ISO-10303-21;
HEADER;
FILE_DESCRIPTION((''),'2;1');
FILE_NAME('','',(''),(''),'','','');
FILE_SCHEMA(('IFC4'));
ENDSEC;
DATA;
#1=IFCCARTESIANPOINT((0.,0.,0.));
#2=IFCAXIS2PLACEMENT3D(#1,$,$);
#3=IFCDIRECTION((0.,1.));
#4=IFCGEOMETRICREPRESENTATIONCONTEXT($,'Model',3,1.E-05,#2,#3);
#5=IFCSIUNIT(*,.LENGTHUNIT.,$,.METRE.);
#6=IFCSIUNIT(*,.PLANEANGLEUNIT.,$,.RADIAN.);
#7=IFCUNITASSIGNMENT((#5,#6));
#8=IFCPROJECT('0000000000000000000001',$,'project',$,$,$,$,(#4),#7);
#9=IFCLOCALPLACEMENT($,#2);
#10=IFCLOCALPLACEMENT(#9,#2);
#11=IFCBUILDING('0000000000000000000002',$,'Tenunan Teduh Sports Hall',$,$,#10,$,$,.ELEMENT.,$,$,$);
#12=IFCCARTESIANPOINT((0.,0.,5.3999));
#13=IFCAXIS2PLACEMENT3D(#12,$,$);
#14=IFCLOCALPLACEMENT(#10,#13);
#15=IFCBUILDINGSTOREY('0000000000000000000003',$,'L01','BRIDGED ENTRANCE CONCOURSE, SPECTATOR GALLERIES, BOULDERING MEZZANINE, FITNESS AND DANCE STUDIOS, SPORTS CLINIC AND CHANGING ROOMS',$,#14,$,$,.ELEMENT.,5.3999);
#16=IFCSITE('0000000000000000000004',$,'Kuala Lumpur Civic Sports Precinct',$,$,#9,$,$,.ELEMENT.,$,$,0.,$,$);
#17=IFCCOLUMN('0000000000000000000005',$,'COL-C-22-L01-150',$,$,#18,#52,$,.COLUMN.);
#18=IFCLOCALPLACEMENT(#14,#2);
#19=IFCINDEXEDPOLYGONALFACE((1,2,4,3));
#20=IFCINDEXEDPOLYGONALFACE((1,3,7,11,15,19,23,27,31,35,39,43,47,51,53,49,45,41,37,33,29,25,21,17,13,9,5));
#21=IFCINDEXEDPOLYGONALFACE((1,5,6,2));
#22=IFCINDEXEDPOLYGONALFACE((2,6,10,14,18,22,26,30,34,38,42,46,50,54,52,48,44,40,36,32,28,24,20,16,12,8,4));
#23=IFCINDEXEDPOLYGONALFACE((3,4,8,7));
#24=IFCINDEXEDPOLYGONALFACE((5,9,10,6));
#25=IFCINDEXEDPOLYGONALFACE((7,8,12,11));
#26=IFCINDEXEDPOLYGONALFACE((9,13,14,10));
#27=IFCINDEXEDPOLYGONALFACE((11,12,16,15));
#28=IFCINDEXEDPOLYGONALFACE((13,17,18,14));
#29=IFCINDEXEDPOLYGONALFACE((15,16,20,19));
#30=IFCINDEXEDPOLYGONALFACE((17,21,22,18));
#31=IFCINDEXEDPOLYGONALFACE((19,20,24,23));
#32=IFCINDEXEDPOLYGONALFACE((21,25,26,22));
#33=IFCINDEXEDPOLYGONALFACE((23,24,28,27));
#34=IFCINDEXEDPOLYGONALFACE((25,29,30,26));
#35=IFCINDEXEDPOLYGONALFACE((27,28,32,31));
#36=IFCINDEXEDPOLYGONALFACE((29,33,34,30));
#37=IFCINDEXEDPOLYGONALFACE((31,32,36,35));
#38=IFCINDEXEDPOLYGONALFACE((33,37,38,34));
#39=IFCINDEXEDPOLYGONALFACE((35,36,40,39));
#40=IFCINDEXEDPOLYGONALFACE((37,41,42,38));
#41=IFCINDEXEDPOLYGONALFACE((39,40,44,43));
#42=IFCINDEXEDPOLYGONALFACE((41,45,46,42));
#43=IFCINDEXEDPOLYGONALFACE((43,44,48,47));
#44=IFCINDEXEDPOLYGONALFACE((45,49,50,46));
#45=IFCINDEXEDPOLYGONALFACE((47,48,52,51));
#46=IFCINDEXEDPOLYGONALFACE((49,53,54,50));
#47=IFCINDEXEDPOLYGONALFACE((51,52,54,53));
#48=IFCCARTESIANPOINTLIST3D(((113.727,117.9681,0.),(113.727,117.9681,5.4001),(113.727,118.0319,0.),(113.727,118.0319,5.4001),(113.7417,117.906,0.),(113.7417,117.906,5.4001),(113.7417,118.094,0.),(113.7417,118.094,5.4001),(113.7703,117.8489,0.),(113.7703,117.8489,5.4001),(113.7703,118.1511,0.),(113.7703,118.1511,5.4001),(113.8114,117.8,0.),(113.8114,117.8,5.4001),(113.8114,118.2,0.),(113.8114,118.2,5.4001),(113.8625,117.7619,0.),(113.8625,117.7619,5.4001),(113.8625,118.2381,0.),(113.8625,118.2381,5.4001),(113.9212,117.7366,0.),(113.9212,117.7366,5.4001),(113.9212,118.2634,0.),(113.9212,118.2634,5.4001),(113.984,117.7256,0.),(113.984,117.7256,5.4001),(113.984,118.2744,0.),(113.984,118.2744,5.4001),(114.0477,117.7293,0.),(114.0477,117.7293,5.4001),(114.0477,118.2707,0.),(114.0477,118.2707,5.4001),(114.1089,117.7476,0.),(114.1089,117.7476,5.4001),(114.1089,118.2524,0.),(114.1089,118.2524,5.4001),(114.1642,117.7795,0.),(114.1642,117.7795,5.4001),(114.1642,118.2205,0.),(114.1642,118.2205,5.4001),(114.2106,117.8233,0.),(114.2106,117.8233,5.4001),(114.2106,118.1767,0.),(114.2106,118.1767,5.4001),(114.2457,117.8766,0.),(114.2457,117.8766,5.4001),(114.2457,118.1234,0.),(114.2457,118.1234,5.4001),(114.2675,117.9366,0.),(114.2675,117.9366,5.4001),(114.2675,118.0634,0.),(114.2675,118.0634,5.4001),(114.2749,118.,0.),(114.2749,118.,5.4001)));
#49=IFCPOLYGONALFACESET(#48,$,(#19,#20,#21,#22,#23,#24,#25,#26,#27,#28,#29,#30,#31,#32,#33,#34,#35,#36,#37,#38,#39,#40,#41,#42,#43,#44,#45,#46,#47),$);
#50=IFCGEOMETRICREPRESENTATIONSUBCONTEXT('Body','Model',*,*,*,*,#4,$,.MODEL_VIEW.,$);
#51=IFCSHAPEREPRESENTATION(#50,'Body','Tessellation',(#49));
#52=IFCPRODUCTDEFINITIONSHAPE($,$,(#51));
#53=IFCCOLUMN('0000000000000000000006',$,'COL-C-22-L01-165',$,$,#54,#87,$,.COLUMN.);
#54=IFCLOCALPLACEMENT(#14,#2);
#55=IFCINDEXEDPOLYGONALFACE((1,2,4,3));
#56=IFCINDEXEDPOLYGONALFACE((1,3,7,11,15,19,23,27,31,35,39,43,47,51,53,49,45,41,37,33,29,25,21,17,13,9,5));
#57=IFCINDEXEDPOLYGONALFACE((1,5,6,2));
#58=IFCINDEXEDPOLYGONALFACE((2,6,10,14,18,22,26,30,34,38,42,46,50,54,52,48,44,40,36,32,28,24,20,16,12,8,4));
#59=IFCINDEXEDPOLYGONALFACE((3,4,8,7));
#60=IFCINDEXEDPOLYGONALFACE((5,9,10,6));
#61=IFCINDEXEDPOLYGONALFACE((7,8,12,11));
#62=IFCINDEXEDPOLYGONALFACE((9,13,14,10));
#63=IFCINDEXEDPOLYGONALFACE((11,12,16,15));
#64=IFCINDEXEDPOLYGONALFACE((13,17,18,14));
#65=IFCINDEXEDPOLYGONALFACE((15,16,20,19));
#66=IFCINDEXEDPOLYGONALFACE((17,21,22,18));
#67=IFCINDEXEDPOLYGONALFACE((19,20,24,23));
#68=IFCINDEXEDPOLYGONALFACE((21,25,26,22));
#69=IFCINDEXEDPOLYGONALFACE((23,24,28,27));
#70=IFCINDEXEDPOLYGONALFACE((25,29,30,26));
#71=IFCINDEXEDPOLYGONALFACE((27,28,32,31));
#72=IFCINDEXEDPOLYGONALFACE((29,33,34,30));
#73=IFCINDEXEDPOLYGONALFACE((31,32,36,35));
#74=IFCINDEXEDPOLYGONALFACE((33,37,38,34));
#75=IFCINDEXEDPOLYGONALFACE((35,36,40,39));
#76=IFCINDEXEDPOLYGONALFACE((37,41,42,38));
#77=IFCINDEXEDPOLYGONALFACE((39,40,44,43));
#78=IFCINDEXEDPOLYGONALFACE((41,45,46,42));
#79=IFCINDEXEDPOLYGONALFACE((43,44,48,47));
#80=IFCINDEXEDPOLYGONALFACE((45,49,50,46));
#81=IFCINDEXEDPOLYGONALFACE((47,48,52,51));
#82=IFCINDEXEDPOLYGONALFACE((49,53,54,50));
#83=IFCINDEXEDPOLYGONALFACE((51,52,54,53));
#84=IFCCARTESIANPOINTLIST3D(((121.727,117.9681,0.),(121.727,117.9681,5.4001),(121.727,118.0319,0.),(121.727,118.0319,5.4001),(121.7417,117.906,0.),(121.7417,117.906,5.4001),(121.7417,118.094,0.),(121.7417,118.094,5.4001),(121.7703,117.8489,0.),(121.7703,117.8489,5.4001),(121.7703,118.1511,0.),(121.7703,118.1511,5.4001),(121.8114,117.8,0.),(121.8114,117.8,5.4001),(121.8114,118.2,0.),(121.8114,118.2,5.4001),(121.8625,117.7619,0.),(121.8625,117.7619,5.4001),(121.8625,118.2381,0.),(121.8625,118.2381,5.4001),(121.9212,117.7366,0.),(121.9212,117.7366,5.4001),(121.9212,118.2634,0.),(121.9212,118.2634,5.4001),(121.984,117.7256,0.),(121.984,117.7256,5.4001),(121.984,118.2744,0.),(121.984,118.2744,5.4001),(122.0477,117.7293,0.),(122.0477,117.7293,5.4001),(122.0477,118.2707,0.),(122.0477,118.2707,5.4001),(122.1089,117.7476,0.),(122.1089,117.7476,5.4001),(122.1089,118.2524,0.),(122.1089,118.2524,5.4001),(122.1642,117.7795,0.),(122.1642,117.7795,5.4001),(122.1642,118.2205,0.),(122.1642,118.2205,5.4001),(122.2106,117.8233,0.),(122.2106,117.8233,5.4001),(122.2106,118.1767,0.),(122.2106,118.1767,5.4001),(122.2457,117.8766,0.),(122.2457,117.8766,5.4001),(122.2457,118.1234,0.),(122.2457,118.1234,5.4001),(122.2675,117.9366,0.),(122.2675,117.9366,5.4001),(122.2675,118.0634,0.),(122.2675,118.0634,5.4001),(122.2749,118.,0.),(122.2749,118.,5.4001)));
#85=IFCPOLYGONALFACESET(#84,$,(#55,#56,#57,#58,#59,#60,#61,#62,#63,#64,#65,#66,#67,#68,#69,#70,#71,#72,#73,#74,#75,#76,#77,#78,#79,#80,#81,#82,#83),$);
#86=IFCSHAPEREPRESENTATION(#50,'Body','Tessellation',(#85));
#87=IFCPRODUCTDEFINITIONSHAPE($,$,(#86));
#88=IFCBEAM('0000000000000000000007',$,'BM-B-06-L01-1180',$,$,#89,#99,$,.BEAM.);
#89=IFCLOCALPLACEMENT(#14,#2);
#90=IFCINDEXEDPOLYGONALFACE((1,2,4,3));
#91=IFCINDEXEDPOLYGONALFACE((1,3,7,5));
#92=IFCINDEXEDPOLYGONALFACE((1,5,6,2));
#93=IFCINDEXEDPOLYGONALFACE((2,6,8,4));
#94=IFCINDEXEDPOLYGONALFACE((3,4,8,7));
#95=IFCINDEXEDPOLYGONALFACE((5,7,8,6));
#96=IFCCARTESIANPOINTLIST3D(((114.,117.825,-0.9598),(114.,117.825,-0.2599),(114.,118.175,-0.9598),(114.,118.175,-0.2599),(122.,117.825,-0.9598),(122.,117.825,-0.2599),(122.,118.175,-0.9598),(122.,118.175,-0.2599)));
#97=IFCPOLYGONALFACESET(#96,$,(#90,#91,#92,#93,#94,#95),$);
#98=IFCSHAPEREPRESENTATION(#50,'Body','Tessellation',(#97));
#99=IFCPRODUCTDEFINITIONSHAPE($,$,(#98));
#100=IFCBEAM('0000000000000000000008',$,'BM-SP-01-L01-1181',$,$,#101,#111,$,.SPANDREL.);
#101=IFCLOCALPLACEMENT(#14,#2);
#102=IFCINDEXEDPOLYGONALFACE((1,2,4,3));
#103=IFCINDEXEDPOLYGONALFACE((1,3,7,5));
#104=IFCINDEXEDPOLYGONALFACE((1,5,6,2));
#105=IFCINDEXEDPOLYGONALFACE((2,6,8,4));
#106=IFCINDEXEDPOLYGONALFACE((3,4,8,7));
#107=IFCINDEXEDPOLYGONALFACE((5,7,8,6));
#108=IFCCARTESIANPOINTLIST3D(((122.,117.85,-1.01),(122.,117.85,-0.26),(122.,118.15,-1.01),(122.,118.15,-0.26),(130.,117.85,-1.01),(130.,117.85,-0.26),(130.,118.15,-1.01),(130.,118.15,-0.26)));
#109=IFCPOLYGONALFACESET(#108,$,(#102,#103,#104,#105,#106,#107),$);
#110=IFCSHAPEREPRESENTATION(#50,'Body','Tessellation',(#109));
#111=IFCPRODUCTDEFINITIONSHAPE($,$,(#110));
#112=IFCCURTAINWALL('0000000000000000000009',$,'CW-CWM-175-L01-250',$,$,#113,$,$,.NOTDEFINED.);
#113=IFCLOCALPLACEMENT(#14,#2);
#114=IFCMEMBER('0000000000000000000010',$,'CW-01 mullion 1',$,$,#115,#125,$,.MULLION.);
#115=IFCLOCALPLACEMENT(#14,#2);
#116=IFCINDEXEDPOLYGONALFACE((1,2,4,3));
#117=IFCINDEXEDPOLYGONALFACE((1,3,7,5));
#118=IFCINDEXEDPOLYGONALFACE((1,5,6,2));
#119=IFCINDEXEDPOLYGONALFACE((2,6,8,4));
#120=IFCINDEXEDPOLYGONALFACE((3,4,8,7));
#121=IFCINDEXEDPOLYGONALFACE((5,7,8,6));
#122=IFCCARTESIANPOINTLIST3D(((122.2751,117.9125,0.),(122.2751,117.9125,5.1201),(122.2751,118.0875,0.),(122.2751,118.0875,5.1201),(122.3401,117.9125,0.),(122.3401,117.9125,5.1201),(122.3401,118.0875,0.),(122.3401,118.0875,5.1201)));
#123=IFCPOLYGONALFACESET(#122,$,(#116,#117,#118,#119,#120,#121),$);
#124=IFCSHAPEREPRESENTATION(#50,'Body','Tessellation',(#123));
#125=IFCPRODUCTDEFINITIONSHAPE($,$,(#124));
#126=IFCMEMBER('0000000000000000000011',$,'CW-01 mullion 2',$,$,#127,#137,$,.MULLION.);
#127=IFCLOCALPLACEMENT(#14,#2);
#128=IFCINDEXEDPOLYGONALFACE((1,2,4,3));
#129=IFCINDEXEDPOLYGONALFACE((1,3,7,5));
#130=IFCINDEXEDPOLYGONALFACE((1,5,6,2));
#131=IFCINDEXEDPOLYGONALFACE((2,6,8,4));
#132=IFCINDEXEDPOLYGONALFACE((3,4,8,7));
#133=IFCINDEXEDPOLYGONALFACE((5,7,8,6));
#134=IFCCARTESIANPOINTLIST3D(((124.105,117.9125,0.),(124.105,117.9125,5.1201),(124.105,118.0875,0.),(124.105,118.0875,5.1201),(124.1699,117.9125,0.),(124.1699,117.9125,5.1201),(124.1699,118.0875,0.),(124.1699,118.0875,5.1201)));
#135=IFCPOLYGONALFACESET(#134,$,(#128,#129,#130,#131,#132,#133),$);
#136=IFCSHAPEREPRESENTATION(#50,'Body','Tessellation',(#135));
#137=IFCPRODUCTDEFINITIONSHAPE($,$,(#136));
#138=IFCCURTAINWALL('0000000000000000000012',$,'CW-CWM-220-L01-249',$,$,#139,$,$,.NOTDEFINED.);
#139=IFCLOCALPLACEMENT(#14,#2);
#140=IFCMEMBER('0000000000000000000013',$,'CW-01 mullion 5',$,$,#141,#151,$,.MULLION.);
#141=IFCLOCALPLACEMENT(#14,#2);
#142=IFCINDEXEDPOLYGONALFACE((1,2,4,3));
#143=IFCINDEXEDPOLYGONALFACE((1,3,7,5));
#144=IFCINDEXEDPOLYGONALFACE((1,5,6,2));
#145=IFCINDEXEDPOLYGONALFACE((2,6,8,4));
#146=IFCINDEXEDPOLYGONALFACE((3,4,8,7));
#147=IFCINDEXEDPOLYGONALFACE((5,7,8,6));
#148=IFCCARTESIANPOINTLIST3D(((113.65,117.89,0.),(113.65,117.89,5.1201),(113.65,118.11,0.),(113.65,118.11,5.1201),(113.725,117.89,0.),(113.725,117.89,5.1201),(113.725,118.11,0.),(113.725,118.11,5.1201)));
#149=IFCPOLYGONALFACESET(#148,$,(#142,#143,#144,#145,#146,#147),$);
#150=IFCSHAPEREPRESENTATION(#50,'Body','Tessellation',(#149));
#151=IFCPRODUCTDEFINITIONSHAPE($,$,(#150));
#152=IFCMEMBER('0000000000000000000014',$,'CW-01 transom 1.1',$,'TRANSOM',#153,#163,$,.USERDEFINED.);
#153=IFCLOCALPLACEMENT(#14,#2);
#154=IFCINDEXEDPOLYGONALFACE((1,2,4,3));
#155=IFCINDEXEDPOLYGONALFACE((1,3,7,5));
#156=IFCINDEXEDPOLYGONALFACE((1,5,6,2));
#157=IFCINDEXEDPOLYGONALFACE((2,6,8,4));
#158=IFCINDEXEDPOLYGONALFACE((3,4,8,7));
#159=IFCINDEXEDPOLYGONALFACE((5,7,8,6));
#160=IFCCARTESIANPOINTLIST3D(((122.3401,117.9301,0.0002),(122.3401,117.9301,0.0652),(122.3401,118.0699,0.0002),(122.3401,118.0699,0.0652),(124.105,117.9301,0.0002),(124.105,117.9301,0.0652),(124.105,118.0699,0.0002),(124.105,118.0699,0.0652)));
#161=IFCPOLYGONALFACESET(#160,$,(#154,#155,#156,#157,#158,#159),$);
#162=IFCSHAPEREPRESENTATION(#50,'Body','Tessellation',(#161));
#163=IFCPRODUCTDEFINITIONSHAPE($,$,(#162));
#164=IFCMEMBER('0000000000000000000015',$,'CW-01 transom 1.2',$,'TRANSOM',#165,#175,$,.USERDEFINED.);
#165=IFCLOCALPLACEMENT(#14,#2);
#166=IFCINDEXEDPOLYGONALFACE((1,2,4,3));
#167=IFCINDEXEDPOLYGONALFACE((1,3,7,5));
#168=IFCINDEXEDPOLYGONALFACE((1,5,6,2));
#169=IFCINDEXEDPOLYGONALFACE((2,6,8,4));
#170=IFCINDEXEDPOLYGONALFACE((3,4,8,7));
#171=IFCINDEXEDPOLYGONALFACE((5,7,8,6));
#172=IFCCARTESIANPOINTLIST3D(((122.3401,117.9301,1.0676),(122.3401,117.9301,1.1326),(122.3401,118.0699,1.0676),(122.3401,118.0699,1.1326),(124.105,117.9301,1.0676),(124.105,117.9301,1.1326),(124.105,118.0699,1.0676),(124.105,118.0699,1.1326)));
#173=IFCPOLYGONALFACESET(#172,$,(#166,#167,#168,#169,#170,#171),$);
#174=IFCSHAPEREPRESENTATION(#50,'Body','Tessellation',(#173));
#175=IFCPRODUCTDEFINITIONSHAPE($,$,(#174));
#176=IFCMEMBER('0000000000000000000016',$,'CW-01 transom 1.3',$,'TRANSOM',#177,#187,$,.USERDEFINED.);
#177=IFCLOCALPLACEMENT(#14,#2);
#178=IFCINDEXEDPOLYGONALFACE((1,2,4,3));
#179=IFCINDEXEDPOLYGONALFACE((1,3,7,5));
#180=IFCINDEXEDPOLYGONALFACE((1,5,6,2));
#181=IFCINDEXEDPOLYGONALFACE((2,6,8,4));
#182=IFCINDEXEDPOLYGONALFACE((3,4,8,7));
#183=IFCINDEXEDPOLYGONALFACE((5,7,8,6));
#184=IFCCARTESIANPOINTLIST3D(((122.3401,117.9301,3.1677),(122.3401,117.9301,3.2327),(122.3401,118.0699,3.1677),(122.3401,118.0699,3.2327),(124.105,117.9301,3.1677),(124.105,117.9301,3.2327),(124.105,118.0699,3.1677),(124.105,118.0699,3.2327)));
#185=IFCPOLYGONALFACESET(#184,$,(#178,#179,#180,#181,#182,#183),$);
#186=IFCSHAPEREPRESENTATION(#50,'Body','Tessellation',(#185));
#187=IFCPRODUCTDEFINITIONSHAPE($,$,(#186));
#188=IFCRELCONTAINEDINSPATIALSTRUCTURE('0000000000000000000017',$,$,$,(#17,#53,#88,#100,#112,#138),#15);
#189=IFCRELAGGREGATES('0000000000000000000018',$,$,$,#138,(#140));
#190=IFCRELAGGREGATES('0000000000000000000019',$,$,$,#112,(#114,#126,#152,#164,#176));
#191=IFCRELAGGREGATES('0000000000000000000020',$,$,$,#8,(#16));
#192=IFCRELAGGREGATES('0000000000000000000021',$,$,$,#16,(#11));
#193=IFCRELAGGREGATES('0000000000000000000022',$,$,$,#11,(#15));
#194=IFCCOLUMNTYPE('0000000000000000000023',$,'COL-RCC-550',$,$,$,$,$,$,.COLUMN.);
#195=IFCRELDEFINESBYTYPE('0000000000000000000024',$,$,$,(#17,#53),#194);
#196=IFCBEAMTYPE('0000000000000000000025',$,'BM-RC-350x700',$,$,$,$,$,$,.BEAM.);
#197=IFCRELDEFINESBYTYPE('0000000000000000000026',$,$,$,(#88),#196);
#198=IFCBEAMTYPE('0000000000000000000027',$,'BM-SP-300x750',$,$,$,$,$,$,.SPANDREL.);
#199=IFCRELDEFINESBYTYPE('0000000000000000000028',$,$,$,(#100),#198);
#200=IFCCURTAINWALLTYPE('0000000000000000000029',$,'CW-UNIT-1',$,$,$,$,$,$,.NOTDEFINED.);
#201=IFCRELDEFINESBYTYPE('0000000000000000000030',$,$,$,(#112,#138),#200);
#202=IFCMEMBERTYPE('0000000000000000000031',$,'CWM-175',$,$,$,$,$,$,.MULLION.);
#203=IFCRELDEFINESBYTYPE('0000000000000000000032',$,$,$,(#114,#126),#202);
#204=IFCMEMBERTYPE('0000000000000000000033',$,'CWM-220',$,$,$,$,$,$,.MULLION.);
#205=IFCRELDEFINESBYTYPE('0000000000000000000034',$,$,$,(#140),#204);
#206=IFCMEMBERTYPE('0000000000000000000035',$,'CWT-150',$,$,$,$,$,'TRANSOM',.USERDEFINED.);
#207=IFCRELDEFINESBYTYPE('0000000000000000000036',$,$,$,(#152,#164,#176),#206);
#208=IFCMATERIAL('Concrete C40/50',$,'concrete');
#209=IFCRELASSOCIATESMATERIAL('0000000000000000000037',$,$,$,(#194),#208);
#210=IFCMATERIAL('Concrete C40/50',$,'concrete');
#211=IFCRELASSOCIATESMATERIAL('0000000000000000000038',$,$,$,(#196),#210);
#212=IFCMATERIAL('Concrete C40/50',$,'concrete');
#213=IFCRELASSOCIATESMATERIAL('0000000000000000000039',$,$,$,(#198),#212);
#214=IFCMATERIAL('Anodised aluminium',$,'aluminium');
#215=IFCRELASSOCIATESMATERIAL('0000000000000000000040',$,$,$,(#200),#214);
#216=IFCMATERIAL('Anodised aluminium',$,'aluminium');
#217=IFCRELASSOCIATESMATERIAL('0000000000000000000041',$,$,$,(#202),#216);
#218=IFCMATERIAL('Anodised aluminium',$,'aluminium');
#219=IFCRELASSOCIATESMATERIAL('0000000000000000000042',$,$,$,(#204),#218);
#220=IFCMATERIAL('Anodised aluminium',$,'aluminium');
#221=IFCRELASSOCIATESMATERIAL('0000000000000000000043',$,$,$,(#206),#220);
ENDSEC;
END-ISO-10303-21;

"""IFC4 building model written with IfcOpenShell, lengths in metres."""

from ifc_helpers import new_model, si_unit, direction, frame, origin, origin_2d, place, context, subcontext, project, spatial, rectangle, circle, extrude, material, material_profile, profile_set, type_object, element, aggregate, save


model = new_model("IFC4")

# Units and contexts
model_context = context("Model", 3, precision=1e-05, world=origin(), true_north=direction((0.0, 1.0)))
body_context = subcontext(model_context, "Body", "Model", "MODEL_VIEW")
ifc_project = project(units=[si_unit("LENGTHUNIT", "METRE"), si_unit("PLANEANGLEUNIT", "RADIAN")], contexts=[model_context])

# Site, building, storey
site_placement = place(None, origin())
site = spatial("IfcSite", under=ifc_project, at=site_placement, Name="Kuala Lumpur Civic Sports Precinct", CompositionType="ELEMENT", RefElevation=0.0)
building_placement = place(site_placement, origin())
building = spatial("IfcBuilding", under=site, at=building_placement, Name="Tenunan Teduh Sports Hall", CompositionType="ELEMENT")
storey_placement = place(building_placement, frame((0.0, 0.0, 5.3999)))
storey = spatial("IfcBuildingStorey", under=building, at=storey_placement, Name="L01", Description="BRIDGED ENTRANCE CONCOURSE, SPECTATOR GALLERIES, BOULDERING MEZZANINE, FITNESS AND DANCE STUDIOS, SPORTS CLINIC AND CHANGING ROOMS", CompositionType="ELEMENT", Elevation=5.3999)

# Columns
ifc_material_1 = material(Name="Concrete C40/50", Category="concrete")
ifc_material_profile_1 = material_profile(ifc_material_1, circle(Radius=0.2749, at=origin_2d()), Name="RCC D550")
ifc_profile_set_1 = profile_set([ifc_material_profile_1], Name="Concrete C40/50")
column_type = type_object("IfcColumnType", Name="COL-RCC-550", PredefinedType="COLUMN", material=ifc_profile_set_1)
for number, where, z_axis, x_axis, name in (
    (1, (114.0, 118.0, 0.0), (0.0, 0.0, 1.0), (1.0, 0.0, 0.0), "COL-C-22-L01-150"),
    (2, (122.0, 118.0, 0.0), (0.0, 0.0, 1.0), (1.0, 0.0, 0.0), "COL-C-22-L01-165"),
):
    element("IfcColumn", number, at=place(storey_placement, frame(where, z_axis=z_axis, x_axis=x_axis)), inside=storey, type_object=column_type, Name=name, PredefinedType="COLUMN", context=body_context, shape_type="SweptSolid", body=[
        extrude(circle(Radius=0.2749, at=origin_2d()), origin(), (0.0, 0.0, 1.0), 5.4001),
    ])

# Beams
ifc_material_2 = material(Name="Concrete C40/50", Category="concrete")
ifc_material_profile_2 = material_profile(ifc_material_2, rectangle(XDim=0.3501, YDim=0.7, at=origin_2d()), Name="RCB 350x700")
ifc_profile_set_2 = profile_set([ifc_material_profile_2], Name="Concrete C40/50")
beam_type_1 = type_object("IfcBeamType", Name="BM-RC-350x700", PredefinedType="BEAM", material=ifc_profile_set_2)
beam_1_placement = place(storey_placement, frame((114.0, 118.0, -0.6099), z_axis=(1.0, 0.0, 0.0), x_axis=(0.0, 1.0, 0.0)))
element("IfcBeam", 3, at=beam_1_placement, inside=storey, type_object=beam_type_1, Name="BM-B-06-L01-1180", PredefinedType="BEAM", context=body_context, shape_type="SweptSolid", body=[
    extrude(rectangle(XDim=0.3501, YDim=0.7, at=origin_2d()), origin(), (0.0, 0.0, 1.0), 8.0),
])
ifc_material_3 = material(Name="Concrete C40/50", Category="concrete")
ifc_material_profile_3 = material_profile(ifc_material_3, rectangle(XDim=0.3, YDim=0.75, at=origin_2d()), Name="SPB 300x750")
ifc_profile_set_3 = profile_set([ifc_material_profile_3], Name="Concrete C40/50")
beam_type_2 = type_object("IfcBeamType", Name="BM-SP-300x750", PredefinedType="SPANDREL", material=ifc_profile_set_3)
beam_2_placement = place(storey_placement, frame((122.0, 118.0, -0.635), z_axis=(1.0, 0.0, 0.0), x_axis=(0.0, 1.0, 0.0)))
element("IfcBeam", 4, at=beam_2_placement, inside=storey, type_object=beam_type_2, Name="BM-SP-01-L01-1181", PredefinedType="SPANDREL", context=body_context, shape_type="SweptSolid", body=[
    extrude(rectangle(XDim=0.3, YDim=0.75, at=origin_2d()), origin(), (0.0, 0.0, 1.0), 8.0),
])

# Curtain wall, members
ifc_material_4 = material(Name="Anodised aluminium", Category="aluminium")
curtain_wall_type = type_object("IfcCurtainWallType", Name="CW-UNIT-1", PredefinedType="NOTDEFINED", material=ifc_material_4)
curtain_wall_1_placement = place(storey_placement, origin())
curtain_wall_1 = element("IfcCurtainWall", 5, at=curtain_wall_1_placement, inside=storey, type_object=curtain_wall_type, Name="CW-CWM-175-L01-250", PredefinedType="NOTDEFINED")
ifc_material_5 = material(Name="Anodised aluminium", Category="aluminium")
ifc_material_profile_4 = material_profile(ifc_material_5, rectangle(XDim=0.0649, YDim=0.175, at=origin_2d()), Name="CWM 65x175")
ifc_profile_set_4 = profile_set([ifc_material_profile_4], Name="Anodised aluminium")
member_type_1 = type_object("IfcMemberType", Name="CWM-175", PredefinedType="MULLION", material=ifc_profile_set_4)
member_1_placement = place(storey_placement, frame((122.3076, 118.0, 0.0), z_axis=(0.0, 0.0, 1.0), x_axis=(1.0, 0.0, 0.0)))
member_1 = element("IfcMember", 6, at=member_1_placement, type_object=member_type_1, Name="CW-01 mullion 1", PredefinedType="MULLION", context=body_context, shape_type="SweptSolid", body=[
    extrude(rectangle(XDim=0.0649, YDim=0.175, at=origin_2d()), origin(), (0.0, 0.0, 1.0), 5.1201),
])
member_2_placement = place(storey_placement, frame((124.1375, 118.0, 0.0), z_axis=(0.0, 0.0, 1.0), x_axis=(1.0, 0.0, 0.0)))
member_2 = element("IfcMember", 7, at=member_2_placement, type_object=member_type_1, Name="CW-01 mullion 2", PredefinedType="MULLION", context=body_context, shape_type="SweptSolid", body=[
    extrude(rectangle(XDim=0.0649, YDim=0.175, at=origin_2d()), origin(), (0.0, 0.0, 1.0), 5.1201),
])

# Curtain wall, member
curtain_wall_2_placement = place(storey_placement, origin())
curtain_wall_2 = element("IfcCurtainWall", 8, at=curtain_wall_2_placement, inside=storey, type_object=curtain_wall_type, Name="CW-CWM-220-L01-249", PredefinedType="NOTDEFINED")
ifc_material_6 = material(Name="Anodised aluminium", Category="aluminium")
ifc_material_profile_5 = material_profile(ifc_material_6, rectangle(XDim=0.075, YDim=0.22, at=origin_2d()), Name="CWM 75x220")
ifc_profile_set_5 = profile_set([ifc_material_profile_5], Name="Anodised aluminium")
member_type_2 = type_object("IfcMemberType", Name="CWM-220", PredefinedType="MULLION", material=ifc_profile_set_5)
member_3_placement = place(storey_placement, frame((113.6875, 118.0, 0.0), z_axis=(0.0, 0.0, 1.0), x_axis=(1.0, 0.0, 0.0)))
member_3 = element("IfcMember", 9, at=member_3_placement, type_object=member_type_2, Name="CW-01 mullion 5", PredefinedType="MULLION", context=body_context, shape_type="SweptSolid", body=[
    extrude(rectangle(XDim=0.075, YDim=0.22, at=origin_2d()), origin(), (0.0, 0.0, 1.0), 5.1201),
])

# Members
ifc_material_7 = material(Name="Anodised aluminium", Category="aluminium")
ifc_material_profile_6 = material_profile(ifc_material_7, rectangle(XDim=0.0649, YDim=0.1399, at=origin_2d()), Name="CWT 65x140")
ifc_profile_set_6 = profile_set([ifc_material_profile_6], Name="Anodised aluminium")
member_type_3 = type_object("IfcMemberType", Name="CWT-150", ElementType="TRANSOM", PredefinedType="USERDEFINED", material=ifc_profile_set_6)
member_4_placement = place(storey_placement, frame((122.3401, 118.0, 0.0327), z_axis=(1.0, 0.0, 0.0), x_axis=(0.0, 0.0, 1.0)))
member_4 = element("IfcMember", 10, at=member_4_placement, type_object=member_type_3, Name="CW-01 transom 1.1", ObjectType="TRANSOM", PredefinedType="USERDEFINED", context=body_context, shape_type="SweptSolid", body=[
    extrude(rectangle(XDim=0.0649, YDim=0.1399, at=origin_2d()), origin(), (0.0, 0.0, 1.0), 1.7649),
])
member_5_placement = place(storey_placement, frame((122.3401, 118.0, 1.1001), z_axis=(1.0, 0.0, 0.0), x_axis=(0.0, 0.0, 1.0)))
member_5 = element("IfcMember", 11, at=member_5_placement, type_object=member_type_3, Name="CW-01 transom 1.2", ObjectType="TRANSOM", PredefinedType="USERDEFINED", context=body_context, shape_type="SweptSolid", body=[
    extrude(rectangle(XDim=0.0649, YDim=0.1399, at=origin_2d()), origin(), (0.0, 0.0, 1.0), 1.7649),
])
member_6_placement = place(storey_placement, frame((122.3401, 118.0, 3.2002), z_axis=(1.0, 0.0, 0.0), x_axis=(0.0, 0.0, 1.0)))
member_6 = element("IfcMember", 12, at=member_6_placement, type_object=member_type_3, Name="CW-01 transom 1.3", ObjectType="TRANSOM", PredefinedType="USERDEFINED", context=body_context, shape_type="SweptSolid", body=[
    extrude(rectangle(XDim=0.0649, YDim=0.1399, at=origin_2d()), origin(), (0.0, 0.0, 1.0), 1.7649),
])

aggregate(curtain_wall_2, [member_3])
aggregate(curtain_wall_1, [member_1, member_2, member_4, member_5, member_6])

save(model, "model.ifc")
